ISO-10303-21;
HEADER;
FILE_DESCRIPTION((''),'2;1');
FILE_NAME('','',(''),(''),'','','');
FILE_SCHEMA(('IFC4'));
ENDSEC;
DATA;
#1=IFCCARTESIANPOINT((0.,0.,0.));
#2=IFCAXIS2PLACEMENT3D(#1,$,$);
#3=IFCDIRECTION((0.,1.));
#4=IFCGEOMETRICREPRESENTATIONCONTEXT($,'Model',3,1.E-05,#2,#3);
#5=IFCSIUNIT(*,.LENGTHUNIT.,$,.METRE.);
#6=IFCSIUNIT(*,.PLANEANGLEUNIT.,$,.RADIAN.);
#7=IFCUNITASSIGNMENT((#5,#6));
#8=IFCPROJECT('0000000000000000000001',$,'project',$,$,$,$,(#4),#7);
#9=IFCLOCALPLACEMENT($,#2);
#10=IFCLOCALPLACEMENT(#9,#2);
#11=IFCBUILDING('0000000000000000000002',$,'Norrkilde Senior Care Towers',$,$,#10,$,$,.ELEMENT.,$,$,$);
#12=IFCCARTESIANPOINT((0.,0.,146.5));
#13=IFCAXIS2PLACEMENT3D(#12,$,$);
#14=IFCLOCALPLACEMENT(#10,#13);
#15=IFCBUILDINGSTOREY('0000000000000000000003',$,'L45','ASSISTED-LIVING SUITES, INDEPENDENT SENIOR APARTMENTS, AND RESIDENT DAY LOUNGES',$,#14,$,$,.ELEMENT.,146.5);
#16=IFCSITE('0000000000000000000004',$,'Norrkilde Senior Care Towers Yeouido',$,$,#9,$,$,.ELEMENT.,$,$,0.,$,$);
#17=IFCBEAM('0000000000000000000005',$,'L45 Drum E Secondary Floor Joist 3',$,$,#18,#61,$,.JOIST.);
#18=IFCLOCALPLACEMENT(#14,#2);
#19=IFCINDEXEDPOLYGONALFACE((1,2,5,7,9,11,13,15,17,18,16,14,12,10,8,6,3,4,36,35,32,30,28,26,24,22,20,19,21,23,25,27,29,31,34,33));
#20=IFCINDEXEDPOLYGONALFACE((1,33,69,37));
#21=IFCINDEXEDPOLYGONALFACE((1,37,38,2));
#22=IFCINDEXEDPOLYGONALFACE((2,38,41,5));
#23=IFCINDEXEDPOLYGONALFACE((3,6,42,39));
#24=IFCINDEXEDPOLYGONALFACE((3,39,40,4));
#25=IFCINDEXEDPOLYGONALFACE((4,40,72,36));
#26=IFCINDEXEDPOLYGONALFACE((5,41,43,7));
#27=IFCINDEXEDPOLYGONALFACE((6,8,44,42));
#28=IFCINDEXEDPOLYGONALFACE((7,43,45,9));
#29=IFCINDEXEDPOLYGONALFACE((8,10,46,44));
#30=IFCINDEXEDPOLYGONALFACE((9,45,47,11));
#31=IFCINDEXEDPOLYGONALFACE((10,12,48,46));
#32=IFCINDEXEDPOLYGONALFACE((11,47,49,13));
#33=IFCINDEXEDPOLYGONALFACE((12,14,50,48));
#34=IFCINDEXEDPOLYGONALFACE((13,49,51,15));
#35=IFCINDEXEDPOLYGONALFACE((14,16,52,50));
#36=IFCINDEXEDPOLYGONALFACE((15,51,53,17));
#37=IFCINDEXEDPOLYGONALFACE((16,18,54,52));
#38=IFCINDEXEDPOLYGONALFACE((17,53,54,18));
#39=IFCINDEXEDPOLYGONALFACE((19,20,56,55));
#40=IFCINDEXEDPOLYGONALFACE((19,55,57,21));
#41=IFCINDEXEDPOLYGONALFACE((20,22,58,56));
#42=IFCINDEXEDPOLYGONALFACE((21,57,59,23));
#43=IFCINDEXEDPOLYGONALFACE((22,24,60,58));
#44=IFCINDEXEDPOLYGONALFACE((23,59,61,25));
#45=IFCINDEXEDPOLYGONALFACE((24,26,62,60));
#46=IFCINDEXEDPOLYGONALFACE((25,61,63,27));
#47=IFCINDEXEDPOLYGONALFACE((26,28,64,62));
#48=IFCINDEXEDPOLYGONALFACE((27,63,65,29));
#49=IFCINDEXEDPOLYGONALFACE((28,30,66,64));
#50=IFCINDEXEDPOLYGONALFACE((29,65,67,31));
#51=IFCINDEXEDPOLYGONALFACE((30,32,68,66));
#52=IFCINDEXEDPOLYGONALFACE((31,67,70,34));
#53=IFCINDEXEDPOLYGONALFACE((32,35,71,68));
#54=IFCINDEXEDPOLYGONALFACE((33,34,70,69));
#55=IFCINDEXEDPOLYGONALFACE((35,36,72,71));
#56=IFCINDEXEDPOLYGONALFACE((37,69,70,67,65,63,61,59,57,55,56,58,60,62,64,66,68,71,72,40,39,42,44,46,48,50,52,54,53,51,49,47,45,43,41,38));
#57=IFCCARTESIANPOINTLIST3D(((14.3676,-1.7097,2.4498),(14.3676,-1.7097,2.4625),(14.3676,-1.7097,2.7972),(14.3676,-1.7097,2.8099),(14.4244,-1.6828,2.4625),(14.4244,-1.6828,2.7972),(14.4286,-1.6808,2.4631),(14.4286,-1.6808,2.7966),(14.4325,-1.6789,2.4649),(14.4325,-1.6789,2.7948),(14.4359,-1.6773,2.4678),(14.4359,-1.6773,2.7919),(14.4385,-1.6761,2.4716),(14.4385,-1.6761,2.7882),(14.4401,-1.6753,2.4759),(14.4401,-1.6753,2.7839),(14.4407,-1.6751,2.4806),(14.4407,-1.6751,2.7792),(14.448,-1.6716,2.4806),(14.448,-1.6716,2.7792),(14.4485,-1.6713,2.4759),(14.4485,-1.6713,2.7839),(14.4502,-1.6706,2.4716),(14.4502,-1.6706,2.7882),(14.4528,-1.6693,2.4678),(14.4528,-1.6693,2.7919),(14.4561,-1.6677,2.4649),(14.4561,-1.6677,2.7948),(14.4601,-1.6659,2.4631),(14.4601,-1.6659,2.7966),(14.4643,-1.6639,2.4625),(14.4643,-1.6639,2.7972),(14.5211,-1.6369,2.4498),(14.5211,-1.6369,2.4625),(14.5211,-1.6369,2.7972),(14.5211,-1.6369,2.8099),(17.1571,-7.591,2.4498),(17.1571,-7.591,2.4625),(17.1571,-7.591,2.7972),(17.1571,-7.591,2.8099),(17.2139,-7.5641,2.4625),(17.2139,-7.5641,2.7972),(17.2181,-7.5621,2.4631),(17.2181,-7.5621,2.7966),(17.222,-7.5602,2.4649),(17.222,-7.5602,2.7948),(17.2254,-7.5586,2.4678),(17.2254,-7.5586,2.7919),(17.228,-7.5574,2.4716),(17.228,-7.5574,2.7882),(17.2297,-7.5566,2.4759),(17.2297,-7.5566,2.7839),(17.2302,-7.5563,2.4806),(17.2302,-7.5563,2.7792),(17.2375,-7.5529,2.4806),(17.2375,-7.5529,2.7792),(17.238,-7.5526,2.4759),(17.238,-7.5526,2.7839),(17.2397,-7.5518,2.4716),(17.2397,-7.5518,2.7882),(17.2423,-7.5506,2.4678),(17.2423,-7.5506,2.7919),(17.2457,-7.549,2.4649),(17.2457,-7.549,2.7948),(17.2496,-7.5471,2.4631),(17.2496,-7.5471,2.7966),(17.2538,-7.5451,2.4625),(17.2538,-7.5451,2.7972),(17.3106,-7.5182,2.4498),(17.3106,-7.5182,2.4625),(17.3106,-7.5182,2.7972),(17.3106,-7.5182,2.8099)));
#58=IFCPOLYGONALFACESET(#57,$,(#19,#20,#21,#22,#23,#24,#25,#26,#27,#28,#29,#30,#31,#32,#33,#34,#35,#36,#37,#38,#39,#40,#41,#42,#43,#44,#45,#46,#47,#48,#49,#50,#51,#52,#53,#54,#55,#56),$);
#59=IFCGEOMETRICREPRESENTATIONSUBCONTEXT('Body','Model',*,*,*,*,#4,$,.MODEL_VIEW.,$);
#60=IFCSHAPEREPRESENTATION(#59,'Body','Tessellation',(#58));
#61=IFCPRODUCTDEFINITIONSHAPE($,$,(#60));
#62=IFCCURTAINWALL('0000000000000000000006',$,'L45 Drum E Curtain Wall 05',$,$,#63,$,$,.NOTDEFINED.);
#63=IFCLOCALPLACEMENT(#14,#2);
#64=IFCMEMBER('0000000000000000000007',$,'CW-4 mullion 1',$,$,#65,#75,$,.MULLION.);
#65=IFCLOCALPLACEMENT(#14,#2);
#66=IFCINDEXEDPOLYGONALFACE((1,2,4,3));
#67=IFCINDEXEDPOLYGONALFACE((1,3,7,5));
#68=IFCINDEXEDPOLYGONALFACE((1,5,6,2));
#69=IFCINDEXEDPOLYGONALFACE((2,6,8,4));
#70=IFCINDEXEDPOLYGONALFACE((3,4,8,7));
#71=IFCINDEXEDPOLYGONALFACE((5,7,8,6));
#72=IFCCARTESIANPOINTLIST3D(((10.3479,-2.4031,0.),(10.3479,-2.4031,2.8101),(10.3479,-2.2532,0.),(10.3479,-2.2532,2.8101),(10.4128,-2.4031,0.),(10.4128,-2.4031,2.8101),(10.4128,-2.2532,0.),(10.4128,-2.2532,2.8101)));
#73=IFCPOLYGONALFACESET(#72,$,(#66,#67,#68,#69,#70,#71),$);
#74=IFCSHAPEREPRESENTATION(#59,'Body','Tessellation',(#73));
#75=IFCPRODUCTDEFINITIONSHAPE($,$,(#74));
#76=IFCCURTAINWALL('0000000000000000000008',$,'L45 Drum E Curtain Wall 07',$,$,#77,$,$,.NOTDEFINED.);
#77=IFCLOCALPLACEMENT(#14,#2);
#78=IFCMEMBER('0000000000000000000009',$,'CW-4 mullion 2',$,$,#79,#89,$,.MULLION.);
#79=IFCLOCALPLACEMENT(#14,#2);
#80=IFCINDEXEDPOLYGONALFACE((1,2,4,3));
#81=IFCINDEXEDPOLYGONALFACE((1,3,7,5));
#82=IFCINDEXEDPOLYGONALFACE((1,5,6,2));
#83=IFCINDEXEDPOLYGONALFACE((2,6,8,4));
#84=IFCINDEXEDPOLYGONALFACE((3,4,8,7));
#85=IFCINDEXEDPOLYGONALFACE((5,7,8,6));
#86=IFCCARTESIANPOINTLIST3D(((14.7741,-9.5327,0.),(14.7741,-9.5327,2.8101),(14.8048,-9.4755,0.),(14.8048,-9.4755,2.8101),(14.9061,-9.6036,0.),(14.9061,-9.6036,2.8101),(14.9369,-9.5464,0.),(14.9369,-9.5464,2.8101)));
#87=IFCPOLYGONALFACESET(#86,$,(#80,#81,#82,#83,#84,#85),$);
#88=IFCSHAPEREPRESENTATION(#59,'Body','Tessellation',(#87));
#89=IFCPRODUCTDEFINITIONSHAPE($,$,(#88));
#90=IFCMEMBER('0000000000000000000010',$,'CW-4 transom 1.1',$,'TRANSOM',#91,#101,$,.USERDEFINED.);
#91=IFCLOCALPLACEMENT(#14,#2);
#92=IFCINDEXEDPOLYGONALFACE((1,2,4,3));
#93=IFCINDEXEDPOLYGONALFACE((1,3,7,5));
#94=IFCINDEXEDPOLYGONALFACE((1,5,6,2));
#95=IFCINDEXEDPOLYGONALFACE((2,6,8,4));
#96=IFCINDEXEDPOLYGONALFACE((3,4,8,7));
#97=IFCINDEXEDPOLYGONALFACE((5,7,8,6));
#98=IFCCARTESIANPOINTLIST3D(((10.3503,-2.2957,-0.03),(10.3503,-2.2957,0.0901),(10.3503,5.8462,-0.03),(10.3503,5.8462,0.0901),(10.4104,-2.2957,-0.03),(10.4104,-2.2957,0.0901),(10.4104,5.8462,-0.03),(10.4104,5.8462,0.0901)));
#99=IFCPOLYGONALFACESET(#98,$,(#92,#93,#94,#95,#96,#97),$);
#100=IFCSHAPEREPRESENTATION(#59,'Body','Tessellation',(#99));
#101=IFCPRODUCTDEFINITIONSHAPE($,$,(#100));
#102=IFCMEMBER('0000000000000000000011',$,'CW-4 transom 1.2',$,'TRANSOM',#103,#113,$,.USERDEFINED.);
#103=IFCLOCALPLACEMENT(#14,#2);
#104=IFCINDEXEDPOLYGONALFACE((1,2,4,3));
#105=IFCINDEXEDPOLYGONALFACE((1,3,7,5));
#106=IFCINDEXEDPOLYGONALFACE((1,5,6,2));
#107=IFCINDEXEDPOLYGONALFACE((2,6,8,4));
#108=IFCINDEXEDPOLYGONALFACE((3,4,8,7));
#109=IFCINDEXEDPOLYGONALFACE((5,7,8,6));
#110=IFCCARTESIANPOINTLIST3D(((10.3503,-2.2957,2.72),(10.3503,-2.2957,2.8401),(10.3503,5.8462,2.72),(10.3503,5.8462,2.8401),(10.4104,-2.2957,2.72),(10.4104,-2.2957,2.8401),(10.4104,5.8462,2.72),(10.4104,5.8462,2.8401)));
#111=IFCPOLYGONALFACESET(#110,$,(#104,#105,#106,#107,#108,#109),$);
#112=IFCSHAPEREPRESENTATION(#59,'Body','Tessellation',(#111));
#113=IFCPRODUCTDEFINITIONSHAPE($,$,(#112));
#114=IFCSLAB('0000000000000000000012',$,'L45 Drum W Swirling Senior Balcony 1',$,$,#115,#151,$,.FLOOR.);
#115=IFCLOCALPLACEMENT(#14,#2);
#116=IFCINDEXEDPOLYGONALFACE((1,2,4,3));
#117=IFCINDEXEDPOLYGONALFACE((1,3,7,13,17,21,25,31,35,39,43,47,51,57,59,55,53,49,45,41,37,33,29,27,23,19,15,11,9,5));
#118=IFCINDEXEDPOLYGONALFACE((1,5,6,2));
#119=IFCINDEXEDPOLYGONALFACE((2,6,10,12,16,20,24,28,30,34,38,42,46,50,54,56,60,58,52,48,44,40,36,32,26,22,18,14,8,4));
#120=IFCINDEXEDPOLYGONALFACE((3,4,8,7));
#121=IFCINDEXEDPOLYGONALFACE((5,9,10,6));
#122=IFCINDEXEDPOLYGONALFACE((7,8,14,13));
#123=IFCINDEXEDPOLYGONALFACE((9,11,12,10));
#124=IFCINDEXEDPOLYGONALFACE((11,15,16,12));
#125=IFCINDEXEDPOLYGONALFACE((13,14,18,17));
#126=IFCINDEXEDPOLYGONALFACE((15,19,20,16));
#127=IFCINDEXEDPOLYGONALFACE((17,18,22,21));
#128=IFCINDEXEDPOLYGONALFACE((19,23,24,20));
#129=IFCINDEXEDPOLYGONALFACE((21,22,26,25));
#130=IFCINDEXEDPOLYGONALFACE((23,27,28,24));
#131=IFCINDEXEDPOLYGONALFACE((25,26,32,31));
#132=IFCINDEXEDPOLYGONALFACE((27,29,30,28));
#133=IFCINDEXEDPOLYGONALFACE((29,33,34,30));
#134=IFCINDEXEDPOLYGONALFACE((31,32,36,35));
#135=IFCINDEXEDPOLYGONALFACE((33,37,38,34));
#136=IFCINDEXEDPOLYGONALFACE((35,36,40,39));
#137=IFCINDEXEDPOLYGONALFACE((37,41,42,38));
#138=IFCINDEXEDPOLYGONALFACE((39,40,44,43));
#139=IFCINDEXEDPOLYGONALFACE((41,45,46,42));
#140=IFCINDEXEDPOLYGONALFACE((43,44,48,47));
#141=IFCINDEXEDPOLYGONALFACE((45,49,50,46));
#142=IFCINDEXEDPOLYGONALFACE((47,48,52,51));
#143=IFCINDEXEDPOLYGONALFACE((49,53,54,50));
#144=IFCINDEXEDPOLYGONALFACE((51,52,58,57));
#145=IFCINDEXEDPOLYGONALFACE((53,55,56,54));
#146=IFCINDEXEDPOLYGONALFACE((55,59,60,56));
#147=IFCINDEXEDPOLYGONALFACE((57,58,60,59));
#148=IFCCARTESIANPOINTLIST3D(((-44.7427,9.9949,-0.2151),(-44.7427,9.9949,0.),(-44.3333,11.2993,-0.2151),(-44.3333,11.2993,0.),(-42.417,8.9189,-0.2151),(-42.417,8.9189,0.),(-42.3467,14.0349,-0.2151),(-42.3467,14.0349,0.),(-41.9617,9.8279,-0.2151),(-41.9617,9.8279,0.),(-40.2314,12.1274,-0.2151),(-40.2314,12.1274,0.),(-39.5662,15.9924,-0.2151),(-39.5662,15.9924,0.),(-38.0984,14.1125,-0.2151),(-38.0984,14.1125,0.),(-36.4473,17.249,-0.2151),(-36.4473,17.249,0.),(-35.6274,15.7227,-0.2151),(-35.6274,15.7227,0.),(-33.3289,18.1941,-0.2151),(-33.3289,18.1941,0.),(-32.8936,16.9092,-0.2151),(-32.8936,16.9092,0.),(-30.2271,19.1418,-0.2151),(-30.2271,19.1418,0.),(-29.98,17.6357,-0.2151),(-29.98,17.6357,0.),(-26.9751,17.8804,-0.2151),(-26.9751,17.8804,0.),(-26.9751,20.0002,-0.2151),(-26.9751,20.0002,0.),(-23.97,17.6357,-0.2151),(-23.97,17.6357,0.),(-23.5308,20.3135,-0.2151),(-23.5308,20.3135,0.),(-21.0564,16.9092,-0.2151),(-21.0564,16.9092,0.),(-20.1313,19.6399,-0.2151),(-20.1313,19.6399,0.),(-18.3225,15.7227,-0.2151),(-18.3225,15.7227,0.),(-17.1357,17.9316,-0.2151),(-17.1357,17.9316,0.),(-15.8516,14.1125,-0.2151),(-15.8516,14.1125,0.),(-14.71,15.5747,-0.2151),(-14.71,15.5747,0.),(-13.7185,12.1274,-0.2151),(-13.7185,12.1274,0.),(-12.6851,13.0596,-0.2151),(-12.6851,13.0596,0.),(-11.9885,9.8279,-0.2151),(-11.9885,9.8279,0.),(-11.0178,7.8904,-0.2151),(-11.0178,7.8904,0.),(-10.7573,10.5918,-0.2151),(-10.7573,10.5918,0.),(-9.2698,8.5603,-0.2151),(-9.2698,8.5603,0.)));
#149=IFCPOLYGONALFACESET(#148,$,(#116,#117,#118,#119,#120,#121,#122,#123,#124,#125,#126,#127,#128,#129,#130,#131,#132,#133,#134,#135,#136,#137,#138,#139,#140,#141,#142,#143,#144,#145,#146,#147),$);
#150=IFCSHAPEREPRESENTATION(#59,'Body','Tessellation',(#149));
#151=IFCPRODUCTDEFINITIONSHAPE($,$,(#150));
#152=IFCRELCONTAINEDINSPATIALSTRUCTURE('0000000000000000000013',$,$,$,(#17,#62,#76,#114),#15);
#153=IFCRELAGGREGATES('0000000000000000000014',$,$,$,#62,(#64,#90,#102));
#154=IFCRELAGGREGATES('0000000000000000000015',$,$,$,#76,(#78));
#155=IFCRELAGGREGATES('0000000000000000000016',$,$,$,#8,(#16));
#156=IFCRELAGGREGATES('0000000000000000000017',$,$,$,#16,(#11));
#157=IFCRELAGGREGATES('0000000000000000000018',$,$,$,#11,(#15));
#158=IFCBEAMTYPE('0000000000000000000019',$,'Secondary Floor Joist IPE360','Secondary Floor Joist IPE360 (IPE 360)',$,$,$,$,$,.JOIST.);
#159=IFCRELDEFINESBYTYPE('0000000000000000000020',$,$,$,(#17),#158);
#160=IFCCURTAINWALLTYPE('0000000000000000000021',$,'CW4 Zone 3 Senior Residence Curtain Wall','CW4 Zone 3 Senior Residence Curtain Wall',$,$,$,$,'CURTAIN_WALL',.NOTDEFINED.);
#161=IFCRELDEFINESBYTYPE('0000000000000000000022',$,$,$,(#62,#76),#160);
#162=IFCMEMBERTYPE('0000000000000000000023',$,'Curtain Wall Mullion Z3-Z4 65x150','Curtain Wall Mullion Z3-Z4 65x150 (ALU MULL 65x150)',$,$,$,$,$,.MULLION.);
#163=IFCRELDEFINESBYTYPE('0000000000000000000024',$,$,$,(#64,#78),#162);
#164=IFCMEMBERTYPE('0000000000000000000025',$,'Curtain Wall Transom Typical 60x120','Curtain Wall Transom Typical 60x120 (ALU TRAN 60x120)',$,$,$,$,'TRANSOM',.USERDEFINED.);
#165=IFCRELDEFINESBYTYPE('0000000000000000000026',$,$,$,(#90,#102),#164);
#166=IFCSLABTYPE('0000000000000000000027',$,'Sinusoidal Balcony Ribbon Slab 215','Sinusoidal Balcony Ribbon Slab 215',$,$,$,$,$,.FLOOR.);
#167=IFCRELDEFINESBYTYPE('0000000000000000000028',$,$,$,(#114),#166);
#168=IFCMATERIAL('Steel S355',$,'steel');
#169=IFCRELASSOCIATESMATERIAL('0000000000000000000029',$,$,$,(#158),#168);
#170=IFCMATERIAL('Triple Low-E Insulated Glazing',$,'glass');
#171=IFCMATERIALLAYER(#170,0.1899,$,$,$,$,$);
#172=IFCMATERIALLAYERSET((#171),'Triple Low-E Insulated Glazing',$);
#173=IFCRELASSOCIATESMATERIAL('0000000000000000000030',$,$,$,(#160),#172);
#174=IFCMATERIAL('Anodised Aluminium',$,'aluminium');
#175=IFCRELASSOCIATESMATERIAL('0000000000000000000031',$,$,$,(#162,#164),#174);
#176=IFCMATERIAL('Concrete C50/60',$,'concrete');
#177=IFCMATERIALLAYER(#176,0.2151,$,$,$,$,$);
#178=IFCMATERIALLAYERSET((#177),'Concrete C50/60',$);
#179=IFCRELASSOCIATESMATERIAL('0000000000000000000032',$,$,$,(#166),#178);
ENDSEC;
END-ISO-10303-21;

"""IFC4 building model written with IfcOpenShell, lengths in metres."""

from ifc_helpers import new_model, si_unit, direction, frame, origin, origin_2d, place, context, subcontext, project, spatial, polyline, rectangle, i_section, outline, extrude, source, transform, mapped, material, layer, layer_set, material_profile, profile_set, type_object, type_shapes, element, aggregate, save


model = new_model("IFC4")

# Units and contexts
model_context = context("Model", 3, precision=1e-05, world=origin(), true_north=direction((0.0, 1.0)))
body_context = subcontext(model_context, "Body", "Model", "MODEL_VIEW")
ifc_project = project(units=[si_unit("LENGTHUNIT", "METRE"), si_unit("PLANEANGLEUNIT", "RADIAN")], contexts=[model_context])

# Site, building, storey
site_placement = place(None, origin())
site = spatial("IfcSite", under=ifc_project, at=site_placement, Name="Norrkilde Senior Care Towers Yeouido", CompositionType="ELEMENT", RefElevation=0.0)
building_placement = place(site_placement, origin())
building = spatial("IfcBuilding", under=site, at=building_placement, Name="Norrkilde Senior Care Towers", CompositionType="ELEMENT")
storey_placement = place(building_placement, frame((0.0, 0.0, 146.5)))
storey = spatial("IfcBuildingStorey", under=building, at=storey_placement, Name="L45", Description="ASSISTED-LIVING SUITES, INDEPENDENT SENIOR APARTMENTS, AND RESIDENT DAY LOUNGES", CompositionType="ELEMENT", Elevation=146.5)

# Shared definitions
ifc_material_1 = material(Name="Concrete C50/60", Category="concrete")

# Beam
ifc_material_2 = material(Name="Steel S355", Category="steel")
ifc_material_profile_1 = material_profile(ifc_material_2, i_section(OverallWidth=0.1699, OverallDepth=0.3601, WebThickness=0.0081, FlangeThickness=0.0127, FilletRadius=0.0181, at=origin_2d()), Name="IPE 360")
ifc_profile_set_1 = profile_set([ifc_material_profile_1], Name="Steel S355")
beam_type_1 = type_object("IfcBeamType", Name="Secondary Floor Joist IPE360", Description="Secondary Floor Joist IPE360 (IPE 360)", PredefinedType="JOIST", material=ifc_profile_set_1)
shared_shape_1 = source(origin(), body_context, "Body", "SweptSolid", [
    extrude(i_section(OverallWidth=0.1699, OverallDepth=0.3601, WebThickness=0.0081, FlangeThickness=0.0127, FilletRadius=0.0181, at=origin_2d()), origin(), (0.0, 0.0, 1.0), 6.5093),
])
type_shapes(beam_type_1, [shared_shape_1])
beam_1_placement = place(storey_placement, frame((14.4443, -1.6733, 2.6299), z_axis=(0.428544, -0.903521, 0.0), x_axis=(0.903521, 0.428544, 0.0)))
element("IfcBeam", 1, at=beam_1_placement, inside=storey, type_object=beam_type_1, Name="L45 Drum E Secondary Floor Joist 3", PredefinedType="JOIST", context=body_context, shape_type="MappedRepresentation", body=[
    mapped(shared_shape_1, transform((0.0, 0.0, 0.0), x_axis=(1.0, 0.0, 0.0), y_axis=(0.0, 1.0, 0.0), z_axis=(0.0, 0.0, 1.0), scale=1.0)),
])

# Curtain walls, members
ifc_material_3 = material(Name="Triple Low-E Insulated Glazing", Category="glass")
ifc_layer_1 = layer(ifc_material_3, 0.1899)
ifc_layer_set_1 = layer_set([ifc_layer_1], Name="Triple Low-E Insulated Glazing")
curtain_wall_type = type_object("IfcCurtainWallType", Name="CW4 Zone 3 Senior Residence Curtain Wall", Description="CW4 Zone 3 Senior Residence Curtain Wall", ElementType="CURTAIN_WALL", PredefinedType="NOTDEFINED", material=ifc_layer_set_1)
curtain_wall_1_placement = place(storey_placement, origin())
curtain_wall_1 = element("IfcCurtainWall", 2, at=curtain_wall_1_placement, inside=storey, type_object=curtain_wall_type, Name="L45 Drum E Curtain Wall 05", PredefinedType="NOTDEFINED")
ifc_material_4 = material(Name="Anodised Aluminium", Category="aluminium")
ifc_material_profile_2 = material_profile(ifc_material_4, rectangle(XDim=0.0649, YDim=0.1499, at=origin_2d()), Name="ALU MULL 65x150")
ifc_profile_set_2 = profile_set([ifc_material_profile_2], Name="Anodised Aluminium")
member_type_1 = type_object("IfcMemberType", Name="Curtain Wall Mullion Z3-Z4 65x150", Description="Curtain Wall Mullion Z3-Z4 65x150 (ALU MULL 65x150)", PredefinedType="MULLION", material=ifc_profile_set_2)
shared_shape_2 = source(origin(), body_context, "Body", "SweptSolid", [
    extrude(rectangle(XDim=0.0649, YDim=0.1499, at=origin_2d()), origin(), (0.0, 0.0, 1.0), 2.8101),
])
type_shapes(member_type_1, [shared_shape_2])
member_1_placement = place(storey_placement, frame((10.3804, -2.3281, 0.0), z_axis=(0.0, 0.0, 1.0), x_axis=(-1.0, 0.0, 0.0)))
member_1 = element("IfcMember", 3, at=member_1_placement, type_object=member_type_1, Name="CW-4 mullion 1", PredefinedType="MULLION", context=body_context, shape_type="MappedRepresentation", body=[
    mapped(shared_shape_2, transform((0.0, 0.0, 0.0), x_axis=(1.0, 0.0, 0.0), y_axis=(0.0, 1.0, 0.0), z_axis=(0.0, 0.0, 1.0), scale=1.0)),
])
curtain_wall_2_placement = place(storey_placement, origin())
curtain_wall_2 = element("IfcCurtainWall", 4, at=curtain_wall_2_placement, inside=storey, type_object=curtain_wall_type, Name="L45 Drum E Curtain Wall 07", PredefinedType="NOTDEFINED")
member_2_placement = place(storey_placement, frame((14.8555, -9.5396, 0.0), z_axis=(0.0, 0.0, 1.0), x_axis=(-0.473117, -0.881, 0.0)))
member_2 = element("IfcMember", 5, at=member_2_placement, type_object=member_type_1, Name="CW-4 mullion 2", PredefinedType="MULLION", context=body_context, shape_type="MappedRepresentation", body=[
    mapped(shared_shape_2, transform((0.0, 0.0, 0.0), x_axis=(1.0, 0.0, 0.0), y_axis=(0.0, 1.0, 0.0), z_axis=(0.0, 0.0, 1.0), scale=1.0)),
])

# Members
ifc_material_profile_3 = material_profile(ifc_material_4, rectangle(XDim=0.0601, YDim=0.1201, at=origin_2d()), Name="ALU TRAN 60x120")
ifc_profile_set_3 = profile_set([ifc_material_profile_3], Name="Anodised Aluminium")
member_type_2 = type_object("IfcMemberType", Name="Curtain Wall Transom Typical 60x120", Description="Curtain Wall Transom Typical 60x120 (ALU TRAN 60x120)", ElementType="TRANSOM", PredefinedType="USERDEFINED", material=ifc_profile_set_3)
shared_shape_3 = source(origin(), body_context, "Body", "SweptSolid", [
    extrude(rectangle(XDim=0.0601, YDim=0.1201, at=origin_2d()), origin(), (0.0, 0.0, 1.0), 8.1418),
])
type_shapes(member_type_2, [shared_shape_3])
member_3_placement = place(storey_placement, frame((10.3804, -2.2957, 0.03), z_axis=(0.0, 1.0, 0.0), x_axis=(-1.0, 0.0, 0.0)))
member_3 = element("IfcMember", 6, at=member_3_placement, type_object=member_type_2, Name="CW-4 transom 1.1", ObjectType="TRANSOM", PredefinedType="USERDEFINED", context=body_context, shape_type="MappedRepresentation", body=[
    mapped(shared_shape_3, transform((0.0, 0.0, 0.0), x_axis=(1.0, 0.0, 0.0), y_axis=(0.0, 1.0, 0.0), z_axis=(0.0, 0.0, 1.0), scale=1.0)),
])
member_4_placement = place(storey_placement, frame((10.3804, -2.2957, 2.78), z_axis=(0.0, 1.0, 0.0), x_axis=(-1.0, 0.0, 0.0)))
member_4 = element("IfcMember", 7, at=member_4_placement, type_object=member_type_2, Name="CW-4 transom 1.2", ObjectType="TRANSOM", PredefinedType="USERDEFINED", context=body_context, shape_type="MappedRepresentation", body=[
    mapped(shared_shape_3, transform((0.0, 0.0, 0.0), x_axis=(1.0, 0.0, 0.0), y_axis=(0.0, 1.0, 0.0), z_axis=(0.0, 0.0, 1.0), scale=1.0)),
])
aggregate(curtain_wall_1, [member_1, member_3, member_4])

# Slab
ifc_layer_2 = layer(ifc_material_1, 0.2151)
ifc_layer_set_2 = layer_set([ifc_layer_2], Name="Concrete C50/60")
slab_type_1 = type_object("IfcSlabType", Name="Sinusoidal Balcony Ribbon Slab 215", Description="Sinusoidal Balcony Ribbon Slab 215", PredefinedType="FLOOR", material=ifc_layer_set_2)
slab_1_placement = place(storey_placement, frame((0.0, 0.0, -0.2151)))
element("IfcSlab", 8, at=slab_1_placement, inside=storey, type_object=slab_type_1, Name="L45 Drum W Swirling Senior Balcony 1", PredefinedType="FLOOR", context=body_context, shape_type="SweptSolid", body=[
    extrude(outline(polyline([(-42.3467, 14.0349), (-39.5662, 15.9924), (-36.4473, 17.249), (-33.3289, 18.1941), (-30.2271, 19.1418), (-26.9751, 20.0002), (-23.5308, 20.3135), (-20.1313, 19.6399), (-17.1357, 17.9316), (-14.71, 15.5747), (-12.6851, 13.0596), (-10.7573, 10.5918), (-9.2698, 8.5603), (-11.0178, 7.8904), (-11.9885, 9.8279), (-13.7185, 12.1274), (-15.8516, 14.1125), (-18.3225, 15.7227), (-21.0564, 16.9092), (-23.97, 17.6357), (-26.9751, 17.8804), (-29.98, 17.6357), (-32.8936, 16.9092), (-35.6274, 15.7227), (-38.0984, 14.1125), (-40.2314, 12.1274), (-41.9617, 9.8279), (-42.417, 8.9189), (-44.7427, 9.9949), (-44.3333, 11.2993), (-42.3467, 14.0349)])), origin(), (0.0, 0.0, 1.0), 0.2151),
])

aggregate(curtain_wall_2, [member_2])

save(model, "model.ifc")
